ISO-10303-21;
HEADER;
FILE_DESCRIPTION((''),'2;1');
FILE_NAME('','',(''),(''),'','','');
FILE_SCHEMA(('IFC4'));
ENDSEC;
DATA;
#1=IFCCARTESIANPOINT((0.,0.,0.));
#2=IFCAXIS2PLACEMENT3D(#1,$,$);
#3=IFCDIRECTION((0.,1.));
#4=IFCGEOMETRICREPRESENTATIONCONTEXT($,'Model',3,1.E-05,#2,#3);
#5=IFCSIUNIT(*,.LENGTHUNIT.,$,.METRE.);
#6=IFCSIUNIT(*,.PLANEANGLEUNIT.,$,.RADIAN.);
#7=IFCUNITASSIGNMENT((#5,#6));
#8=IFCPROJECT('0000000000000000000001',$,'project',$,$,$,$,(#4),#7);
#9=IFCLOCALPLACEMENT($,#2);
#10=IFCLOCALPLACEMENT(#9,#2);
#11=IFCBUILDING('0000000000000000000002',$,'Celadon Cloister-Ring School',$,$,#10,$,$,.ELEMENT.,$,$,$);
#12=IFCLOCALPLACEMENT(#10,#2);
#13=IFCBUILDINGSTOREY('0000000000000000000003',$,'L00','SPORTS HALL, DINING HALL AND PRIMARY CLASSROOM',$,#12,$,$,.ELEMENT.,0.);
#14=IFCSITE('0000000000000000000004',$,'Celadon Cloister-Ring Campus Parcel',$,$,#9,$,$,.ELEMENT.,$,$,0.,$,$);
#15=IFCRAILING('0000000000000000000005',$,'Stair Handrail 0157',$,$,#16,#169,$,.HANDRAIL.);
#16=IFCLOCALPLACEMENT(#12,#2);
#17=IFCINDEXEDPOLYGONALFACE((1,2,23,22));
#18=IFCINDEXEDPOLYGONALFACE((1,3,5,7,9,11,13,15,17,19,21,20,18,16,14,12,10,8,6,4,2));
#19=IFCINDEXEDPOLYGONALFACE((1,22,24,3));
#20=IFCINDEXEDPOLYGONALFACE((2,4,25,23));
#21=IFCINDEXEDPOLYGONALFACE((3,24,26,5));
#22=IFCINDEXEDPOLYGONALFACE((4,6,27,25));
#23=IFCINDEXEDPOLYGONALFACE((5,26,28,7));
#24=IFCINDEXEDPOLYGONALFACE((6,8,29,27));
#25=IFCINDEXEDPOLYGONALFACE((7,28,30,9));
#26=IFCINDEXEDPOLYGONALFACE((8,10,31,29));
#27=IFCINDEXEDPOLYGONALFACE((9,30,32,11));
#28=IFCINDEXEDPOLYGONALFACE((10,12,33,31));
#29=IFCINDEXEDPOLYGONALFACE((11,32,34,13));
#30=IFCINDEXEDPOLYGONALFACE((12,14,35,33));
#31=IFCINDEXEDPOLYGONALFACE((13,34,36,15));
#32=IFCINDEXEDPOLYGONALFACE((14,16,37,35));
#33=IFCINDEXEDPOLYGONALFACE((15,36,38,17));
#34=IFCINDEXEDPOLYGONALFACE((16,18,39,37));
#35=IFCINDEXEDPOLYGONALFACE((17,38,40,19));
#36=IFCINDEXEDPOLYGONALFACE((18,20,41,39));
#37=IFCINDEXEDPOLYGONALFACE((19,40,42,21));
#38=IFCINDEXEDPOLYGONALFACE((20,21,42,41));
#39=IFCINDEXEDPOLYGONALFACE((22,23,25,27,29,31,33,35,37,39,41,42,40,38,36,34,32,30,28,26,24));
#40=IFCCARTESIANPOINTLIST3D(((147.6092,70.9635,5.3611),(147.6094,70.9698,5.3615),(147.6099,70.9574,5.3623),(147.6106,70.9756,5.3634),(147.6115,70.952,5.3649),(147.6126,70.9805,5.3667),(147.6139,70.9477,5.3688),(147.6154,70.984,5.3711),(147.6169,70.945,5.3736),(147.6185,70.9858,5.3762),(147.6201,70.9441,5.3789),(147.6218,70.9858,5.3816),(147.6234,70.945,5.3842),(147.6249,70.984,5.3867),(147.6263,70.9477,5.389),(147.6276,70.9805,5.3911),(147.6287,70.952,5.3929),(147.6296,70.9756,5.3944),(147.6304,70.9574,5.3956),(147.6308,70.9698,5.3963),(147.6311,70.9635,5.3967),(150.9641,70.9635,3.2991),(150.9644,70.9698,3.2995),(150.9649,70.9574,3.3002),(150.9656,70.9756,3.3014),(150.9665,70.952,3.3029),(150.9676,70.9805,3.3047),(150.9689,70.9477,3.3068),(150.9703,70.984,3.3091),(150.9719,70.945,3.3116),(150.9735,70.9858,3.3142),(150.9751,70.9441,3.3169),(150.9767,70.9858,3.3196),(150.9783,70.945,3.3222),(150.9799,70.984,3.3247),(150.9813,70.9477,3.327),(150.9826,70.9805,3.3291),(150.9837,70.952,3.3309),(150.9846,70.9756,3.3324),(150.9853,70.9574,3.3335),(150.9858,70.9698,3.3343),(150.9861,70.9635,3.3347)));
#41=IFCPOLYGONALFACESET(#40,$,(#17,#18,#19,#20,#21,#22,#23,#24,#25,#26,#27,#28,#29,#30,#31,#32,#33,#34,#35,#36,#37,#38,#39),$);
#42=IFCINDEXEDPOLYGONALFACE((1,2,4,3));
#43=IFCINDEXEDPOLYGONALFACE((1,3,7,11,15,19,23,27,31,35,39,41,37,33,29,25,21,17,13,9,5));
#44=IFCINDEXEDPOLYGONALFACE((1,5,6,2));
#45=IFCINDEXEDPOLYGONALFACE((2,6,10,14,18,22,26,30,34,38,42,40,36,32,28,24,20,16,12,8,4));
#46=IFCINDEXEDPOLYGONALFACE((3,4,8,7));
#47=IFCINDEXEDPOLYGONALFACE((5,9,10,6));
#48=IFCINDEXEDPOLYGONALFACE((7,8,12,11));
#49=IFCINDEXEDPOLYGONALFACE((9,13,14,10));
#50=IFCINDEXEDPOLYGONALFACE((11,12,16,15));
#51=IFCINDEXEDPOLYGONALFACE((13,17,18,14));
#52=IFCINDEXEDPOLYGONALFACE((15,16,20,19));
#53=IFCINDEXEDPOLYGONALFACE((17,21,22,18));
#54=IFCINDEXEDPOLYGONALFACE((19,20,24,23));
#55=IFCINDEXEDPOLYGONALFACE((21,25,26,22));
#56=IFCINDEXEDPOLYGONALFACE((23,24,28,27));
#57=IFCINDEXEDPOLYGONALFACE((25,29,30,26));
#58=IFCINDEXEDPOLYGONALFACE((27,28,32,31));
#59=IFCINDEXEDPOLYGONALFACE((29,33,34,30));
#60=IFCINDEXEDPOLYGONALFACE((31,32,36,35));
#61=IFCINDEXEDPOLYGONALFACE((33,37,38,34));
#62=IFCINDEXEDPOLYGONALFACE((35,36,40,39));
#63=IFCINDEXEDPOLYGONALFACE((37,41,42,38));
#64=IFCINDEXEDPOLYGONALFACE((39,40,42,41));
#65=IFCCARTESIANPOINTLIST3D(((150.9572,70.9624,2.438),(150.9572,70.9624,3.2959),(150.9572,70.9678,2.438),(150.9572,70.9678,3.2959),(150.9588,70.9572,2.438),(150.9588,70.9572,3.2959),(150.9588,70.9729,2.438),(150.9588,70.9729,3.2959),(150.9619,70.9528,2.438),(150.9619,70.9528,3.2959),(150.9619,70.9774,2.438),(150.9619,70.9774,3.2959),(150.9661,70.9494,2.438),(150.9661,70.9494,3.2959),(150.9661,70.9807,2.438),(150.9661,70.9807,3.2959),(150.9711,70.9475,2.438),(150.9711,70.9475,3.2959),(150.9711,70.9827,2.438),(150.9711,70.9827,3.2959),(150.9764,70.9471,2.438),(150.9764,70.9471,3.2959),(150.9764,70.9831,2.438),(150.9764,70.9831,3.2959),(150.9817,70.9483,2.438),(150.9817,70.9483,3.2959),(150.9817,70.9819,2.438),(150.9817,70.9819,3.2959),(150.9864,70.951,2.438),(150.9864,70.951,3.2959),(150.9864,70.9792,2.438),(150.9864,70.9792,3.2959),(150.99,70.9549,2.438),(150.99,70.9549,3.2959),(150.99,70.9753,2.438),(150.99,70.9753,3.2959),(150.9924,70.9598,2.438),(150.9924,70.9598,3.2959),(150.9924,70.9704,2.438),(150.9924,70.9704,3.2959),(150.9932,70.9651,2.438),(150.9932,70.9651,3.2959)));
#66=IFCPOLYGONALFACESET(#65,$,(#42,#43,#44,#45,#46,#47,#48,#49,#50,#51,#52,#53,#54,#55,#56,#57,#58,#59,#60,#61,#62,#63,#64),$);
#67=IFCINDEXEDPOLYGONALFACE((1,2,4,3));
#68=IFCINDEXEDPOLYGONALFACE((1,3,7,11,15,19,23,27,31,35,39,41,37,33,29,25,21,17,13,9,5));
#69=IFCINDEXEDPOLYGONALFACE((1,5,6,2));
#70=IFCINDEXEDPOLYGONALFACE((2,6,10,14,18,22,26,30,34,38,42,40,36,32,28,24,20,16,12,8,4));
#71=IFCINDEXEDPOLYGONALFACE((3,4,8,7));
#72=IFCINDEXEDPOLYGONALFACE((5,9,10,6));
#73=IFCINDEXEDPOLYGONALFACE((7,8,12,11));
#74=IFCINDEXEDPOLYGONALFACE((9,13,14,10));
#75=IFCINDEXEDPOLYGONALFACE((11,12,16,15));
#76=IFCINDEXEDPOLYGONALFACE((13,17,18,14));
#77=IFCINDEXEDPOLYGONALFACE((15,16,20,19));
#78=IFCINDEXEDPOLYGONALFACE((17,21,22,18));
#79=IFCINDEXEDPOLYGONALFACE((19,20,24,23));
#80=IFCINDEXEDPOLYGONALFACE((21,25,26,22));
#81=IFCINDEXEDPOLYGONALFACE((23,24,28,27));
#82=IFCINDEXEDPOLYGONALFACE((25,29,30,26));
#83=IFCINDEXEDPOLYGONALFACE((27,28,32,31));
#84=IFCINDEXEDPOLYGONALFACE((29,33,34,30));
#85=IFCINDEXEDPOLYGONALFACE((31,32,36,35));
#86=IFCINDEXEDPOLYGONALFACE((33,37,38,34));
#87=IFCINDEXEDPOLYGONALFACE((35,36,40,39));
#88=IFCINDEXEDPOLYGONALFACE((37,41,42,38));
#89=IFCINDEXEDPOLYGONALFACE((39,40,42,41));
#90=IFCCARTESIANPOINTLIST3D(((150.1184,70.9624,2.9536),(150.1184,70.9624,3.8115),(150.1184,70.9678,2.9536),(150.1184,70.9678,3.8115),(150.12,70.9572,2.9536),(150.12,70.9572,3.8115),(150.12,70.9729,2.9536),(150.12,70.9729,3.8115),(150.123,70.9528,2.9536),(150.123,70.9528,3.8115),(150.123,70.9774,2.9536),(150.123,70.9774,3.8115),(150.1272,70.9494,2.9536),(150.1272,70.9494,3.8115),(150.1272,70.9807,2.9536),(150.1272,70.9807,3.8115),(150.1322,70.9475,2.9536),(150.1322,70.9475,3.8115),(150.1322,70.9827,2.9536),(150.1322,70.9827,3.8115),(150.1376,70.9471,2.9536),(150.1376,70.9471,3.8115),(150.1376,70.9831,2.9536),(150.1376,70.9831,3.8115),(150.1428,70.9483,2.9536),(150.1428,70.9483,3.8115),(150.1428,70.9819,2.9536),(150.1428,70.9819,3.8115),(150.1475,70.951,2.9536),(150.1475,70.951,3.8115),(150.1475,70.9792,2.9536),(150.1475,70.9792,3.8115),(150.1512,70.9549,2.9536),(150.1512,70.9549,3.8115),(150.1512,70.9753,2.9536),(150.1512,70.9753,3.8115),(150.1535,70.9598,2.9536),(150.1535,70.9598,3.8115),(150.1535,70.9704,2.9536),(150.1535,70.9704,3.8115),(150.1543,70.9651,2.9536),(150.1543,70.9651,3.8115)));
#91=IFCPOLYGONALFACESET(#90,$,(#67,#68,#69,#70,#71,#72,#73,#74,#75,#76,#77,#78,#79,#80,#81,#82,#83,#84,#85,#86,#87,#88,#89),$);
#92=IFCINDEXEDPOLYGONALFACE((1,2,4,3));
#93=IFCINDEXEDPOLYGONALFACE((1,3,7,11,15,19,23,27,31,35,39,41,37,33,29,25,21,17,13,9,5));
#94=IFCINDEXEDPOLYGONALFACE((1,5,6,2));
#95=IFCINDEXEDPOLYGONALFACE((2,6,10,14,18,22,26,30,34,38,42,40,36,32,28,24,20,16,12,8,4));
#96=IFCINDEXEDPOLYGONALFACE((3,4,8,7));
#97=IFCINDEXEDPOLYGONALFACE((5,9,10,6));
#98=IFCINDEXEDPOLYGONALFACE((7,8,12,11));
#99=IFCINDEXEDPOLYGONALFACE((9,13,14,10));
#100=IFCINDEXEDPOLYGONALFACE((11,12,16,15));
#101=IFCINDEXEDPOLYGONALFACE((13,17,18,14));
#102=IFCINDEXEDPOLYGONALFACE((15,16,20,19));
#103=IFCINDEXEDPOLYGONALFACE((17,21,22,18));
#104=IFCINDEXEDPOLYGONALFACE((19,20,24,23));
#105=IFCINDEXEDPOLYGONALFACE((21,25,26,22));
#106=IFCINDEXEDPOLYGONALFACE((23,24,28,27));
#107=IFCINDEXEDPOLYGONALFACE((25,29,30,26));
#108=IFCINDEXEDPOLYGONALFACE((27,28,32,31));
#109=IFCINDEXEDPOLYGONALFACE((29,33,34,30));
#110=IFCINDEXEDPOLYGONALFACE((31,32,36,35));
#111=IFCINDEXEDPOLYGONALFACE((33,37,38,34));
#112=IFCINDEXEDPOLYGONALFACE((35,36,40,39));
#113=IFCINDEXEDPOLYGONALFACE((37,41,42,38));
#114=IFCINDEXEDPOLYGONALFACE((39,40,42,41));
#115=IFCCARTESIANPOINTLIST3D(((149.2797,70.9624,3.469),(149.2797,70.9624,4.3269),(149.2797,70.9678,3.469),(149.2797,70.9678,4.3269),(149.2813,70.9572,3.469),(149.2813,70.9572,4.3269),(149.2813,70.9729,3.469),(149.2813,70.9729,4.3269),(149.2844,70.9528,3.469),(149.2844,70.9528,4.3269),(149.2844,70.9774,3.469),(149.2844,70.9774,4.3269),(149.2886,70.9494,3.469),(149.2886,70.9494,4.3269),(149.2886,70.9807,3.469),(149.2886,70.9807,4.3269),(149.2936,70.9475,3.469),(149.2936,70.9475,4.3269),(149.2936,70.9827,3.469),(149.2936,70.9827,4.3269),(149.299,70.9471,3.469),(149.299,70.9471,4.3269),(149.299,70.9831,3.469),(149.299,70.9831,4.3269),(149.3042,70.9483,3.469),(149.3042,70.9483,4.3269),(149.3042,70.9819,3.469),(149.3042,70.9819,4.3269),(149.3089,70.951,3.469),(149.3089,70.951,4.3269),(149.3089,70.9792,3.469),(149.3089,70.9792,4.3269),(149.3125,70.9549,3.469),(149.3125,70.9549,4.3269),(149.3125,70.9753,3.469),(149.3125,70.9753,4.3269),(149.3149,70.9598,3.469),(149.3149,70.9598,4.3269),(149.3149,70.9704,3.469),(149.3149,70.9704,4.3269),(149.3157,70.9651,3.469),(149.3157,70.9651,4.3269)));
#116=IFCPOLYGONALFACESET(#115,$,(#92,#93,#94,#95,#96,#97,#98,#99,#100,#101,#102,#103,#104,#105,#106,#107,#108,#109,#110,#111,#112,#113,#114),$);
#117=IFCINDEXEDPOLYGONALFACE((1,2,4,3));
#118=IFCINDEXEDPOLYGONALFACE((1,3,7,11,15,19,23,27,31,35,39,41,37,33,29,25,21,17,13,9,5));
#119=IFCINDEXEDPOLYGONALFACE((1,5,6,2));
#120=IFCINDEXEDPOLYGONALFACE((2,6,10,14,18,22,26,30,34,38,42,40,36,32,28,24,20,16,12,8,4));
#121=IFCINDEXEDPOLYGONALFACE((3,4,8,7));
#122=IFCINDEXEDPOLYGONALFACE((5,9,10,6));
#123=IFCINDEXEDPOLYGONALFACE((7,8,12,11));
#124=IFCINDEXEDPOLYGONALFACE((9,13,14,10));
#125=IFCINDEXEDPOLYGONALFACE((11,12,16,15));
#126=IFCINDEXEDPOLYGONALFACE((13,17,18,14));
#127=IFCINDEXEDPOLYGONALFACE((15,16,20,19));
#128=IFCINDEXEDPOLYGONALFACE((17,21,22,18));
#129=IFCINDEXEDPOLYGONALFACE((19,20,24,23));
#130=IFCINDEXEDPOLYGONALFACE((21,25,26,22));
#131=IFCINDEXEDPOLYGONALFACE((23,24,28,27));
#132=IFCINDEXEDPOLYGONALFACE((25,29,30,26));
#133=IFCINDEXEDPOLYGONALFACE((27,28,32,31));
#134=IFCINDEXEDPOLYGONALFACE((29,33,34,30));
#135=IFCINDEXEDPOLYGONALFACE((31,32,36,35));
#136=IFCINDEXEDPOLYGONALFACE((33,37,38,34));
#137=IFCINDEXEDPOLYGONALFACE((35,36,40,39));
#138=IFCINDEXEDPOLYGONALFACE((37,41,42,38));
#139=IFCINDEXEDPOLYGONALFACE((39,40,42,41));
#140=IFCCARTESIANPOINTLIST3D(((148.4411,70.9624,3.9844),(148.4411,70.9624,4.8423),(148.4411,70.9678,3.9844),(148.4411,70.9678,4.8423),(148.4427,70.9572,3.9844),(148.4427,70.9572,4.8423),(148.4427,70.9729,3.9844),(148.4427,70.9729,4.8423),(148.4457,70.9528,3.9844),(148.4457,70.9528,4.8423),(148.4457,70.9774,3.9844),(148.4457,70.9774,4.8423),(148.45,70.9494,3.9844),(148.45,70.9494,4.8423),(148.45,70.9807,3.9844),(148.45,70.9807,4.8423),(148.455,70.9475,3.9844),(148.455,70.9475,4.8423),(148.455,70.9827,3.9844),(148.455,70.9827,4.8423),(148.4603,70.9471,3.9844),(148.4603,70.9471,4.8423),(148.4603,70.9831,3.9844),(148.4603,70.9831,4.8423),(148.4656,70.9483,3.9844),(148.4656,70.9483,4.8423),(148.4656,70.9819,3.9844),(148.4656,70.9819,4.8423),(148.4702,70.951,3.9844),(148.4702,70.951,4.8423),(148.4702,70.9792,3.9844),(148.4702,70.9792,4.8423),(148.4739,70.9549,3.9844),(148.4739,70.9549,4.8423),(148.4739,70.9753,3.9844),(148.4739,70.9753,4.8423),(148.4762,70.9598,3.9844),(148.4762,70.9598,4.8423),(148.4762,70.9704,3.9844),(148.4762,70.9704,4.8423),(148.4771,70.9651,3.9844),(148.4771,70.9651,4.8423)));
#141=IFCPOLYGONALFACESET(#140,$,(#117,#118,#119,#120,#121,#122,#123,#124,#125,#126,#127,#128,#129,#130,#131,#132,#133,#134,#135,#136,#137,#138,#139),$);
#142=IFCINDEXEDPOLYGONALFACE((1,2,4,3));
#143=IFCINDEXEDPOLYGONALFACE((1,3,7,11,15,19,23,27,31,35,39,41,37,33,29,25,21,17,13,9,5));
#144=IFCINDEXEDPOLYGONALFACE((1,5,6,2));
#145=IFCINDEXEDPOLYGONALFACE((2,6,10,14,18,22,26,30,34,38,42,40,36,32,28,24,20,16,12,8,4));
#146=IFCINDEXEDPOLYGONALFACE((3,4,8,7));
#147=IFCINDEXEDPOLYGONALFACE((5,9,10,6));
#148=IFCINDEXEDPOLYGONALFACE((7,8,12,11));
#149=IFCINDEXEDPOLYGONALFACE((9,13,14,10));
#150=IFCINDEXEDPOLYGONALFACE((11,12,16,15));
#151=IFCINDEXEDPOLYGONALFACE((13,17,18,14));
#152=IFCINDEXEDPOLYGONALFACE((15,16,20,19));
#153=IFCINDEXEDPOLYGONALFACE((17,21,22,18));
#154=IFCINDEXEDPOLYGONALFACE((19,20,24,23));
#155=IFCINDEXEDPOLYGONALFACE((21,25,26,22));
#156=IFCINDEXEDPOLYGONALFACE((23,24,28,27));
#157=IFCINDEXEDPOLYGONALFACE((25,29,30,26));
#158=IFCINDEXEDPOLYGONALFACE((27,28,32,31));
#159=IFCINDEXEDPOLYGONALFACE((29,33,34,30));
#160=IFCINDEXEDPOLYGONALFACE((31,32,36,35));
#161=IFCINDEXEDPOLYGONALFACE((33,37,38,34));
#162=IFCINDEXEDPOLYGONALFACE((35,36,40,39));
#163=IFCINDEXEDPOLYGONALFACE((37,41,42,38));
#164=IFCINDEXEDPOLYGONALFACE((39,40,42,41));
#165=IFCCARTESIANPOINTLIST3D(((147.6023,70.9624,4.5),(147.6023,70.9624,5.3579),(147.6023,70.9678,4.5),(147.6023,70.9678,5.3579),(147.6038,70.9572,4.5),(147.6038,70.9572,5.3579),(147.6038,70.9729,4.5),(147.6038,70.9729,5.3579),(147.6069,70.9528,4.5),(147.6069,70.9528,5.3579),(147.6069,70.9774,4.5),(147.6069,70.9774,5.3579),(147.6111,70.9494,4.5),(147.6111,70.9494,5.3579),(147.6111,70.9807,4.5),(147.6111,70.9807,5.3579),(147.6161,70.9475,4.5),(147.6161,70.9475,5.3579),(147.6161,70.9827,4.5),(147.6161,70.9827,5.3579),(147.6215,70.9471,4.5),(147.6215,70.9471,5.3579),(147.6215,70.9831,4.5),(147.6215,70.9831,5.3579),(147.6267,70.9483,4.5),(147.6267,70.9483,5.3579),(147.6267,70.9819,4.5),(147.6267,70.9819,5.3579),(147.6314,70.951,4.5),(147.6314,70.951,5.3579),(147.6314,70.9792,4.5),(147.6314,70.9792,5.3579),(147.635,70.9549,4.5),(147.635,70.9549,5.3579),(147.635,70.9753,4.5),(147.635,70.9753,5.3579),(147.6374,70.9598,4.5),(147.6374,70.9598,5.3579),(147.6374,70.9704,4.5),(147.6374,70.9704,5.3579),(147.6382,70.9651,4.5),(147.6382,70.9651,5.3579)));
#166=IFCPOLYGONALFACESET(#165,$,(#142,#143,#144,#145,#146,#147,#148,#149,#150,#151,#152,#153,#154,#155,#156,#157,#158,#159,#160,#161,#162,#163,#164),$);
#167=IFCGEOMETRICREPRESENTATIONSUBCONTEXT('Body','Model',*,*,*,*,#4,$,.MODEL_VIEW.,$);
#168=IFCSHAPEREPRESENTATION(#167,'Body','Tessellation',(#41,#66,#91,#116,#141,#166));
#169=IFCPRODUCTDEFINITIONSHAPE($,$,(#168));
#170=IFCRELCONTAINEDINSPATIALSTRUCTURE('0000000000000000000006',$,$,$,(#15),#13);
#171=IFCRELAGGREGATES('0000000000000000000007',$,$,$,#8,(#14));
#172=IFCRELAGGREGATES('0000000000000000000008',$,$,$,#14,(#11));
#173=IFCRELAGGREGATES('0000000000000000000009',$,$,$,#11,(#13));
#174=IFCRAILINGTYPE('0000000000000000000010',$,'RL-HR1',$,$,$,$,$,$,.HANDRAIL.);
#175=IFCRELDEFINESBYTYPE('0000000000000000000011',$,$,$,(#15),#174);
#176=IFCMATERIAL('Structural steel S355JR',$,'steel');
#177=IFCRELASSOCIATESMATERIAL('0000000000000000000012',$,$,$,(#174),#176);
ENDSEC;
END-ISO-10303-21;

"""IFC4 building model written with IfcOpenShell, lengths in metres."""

from ifc_helpers import new_model, si_unit, direction, frame, origin, origin_2d, place, context, subcontext, project, spatial, circle, extrude, material, type_object, element, save


model = new_model("IFC4")

# Units and contexts
model_context = context("Model", 3, precision=1e-05, world=origin(), true_north=direction((0.0, 1.0)))
body_context = subcontext(model_context, "Body", "Model", "MODEL_VIEW")
ifc_project = project(units=[si_unit("LENGTHUNIT", "METRE"), si_unit("PLANEANGLEUNIT", "RADIAN")], contexts=[model_context])

# Site, building, storey
site_placement = place(None, origin())
site = spatial("IfcSite", under=ifc_project, at=site_placement, Name="Celadon Cloister-Ring Campus Parcel", CompositionType="ELEMENT", RefElevation=0.0)
building_placement = place(site_placement, origin())
building = spatial("IfcBuilding", under=site, at=building_placement, Name="Celadon Cloister-Ring School", CompositionType="ELEMENT")
storey_placement = place(building_placement, origin())
storey = spatial("IfcBuildingStorey", under=building, at=storey_placement, Name="L00", Description="SPORTS HALL, DINING HALL AND PRIMARY CLASSROOM", CompositionType="ELEMENT", Elevation=0.0)

# Railing
ifc_material_1 = material(Name="Structural steel S355JR", Category="steel")
railing_type_1 = type_object("IfcRailingType", Name="RL-HR1", PredefinedType="HANDRAIL", material=ifc_material_1)
for number, where, name in (
    (1, (150.9751, 70.9651, 2.438), "Stair Handrail 0157"),
):
    element("IfcRailing", number, at=place(storey_placement, frame(where)), inside=storey, type_object=railing_type_1, Name=name, PredefinedType="HANDRAIL", context=body_context, shape_type="SweptSolid", body=[
        extrude(circle(Radius=0.021, at=origin_2d()), frame((0.0, 0.0, 0.8789), z_axis=(-0.851952, 0.0, 0.52362), x_axis=(0.0, -1.0, 0.0)), (0.0, 0.0, 1.0), 3.938),
        extrude(circle(Radius=0.0181, at=origin_2d()), origin(), (0.0, 0.0, 1.0), 0.8579),
        extrude(circle(Radius=0.0181, at=origin_2d()), frame((-0.8389, 0.0, 0.5156)), (0.0, 0.0, 1.0), 0.8579),
        extrude(circle(Radius=0.0181, at=origin_2d()), frame((-1.6775, 0.0, 1.031)), (0.0, 0.0, 1.0), 0.8579),
        extrude(circle(Radius=0.0181, at=origin_2d()), frame((-2.5161, 0.0, 1.5464)), (0.0, 0.0, 1.0), 0.8579),
        extrude(circle(Radius=0.0181, at=origin_2d()), frame((-3.355, 0.0, 2.062)), (0.0, 0.0, 1.0), 0.8579),
    ])

save(model, "model.ifc")
